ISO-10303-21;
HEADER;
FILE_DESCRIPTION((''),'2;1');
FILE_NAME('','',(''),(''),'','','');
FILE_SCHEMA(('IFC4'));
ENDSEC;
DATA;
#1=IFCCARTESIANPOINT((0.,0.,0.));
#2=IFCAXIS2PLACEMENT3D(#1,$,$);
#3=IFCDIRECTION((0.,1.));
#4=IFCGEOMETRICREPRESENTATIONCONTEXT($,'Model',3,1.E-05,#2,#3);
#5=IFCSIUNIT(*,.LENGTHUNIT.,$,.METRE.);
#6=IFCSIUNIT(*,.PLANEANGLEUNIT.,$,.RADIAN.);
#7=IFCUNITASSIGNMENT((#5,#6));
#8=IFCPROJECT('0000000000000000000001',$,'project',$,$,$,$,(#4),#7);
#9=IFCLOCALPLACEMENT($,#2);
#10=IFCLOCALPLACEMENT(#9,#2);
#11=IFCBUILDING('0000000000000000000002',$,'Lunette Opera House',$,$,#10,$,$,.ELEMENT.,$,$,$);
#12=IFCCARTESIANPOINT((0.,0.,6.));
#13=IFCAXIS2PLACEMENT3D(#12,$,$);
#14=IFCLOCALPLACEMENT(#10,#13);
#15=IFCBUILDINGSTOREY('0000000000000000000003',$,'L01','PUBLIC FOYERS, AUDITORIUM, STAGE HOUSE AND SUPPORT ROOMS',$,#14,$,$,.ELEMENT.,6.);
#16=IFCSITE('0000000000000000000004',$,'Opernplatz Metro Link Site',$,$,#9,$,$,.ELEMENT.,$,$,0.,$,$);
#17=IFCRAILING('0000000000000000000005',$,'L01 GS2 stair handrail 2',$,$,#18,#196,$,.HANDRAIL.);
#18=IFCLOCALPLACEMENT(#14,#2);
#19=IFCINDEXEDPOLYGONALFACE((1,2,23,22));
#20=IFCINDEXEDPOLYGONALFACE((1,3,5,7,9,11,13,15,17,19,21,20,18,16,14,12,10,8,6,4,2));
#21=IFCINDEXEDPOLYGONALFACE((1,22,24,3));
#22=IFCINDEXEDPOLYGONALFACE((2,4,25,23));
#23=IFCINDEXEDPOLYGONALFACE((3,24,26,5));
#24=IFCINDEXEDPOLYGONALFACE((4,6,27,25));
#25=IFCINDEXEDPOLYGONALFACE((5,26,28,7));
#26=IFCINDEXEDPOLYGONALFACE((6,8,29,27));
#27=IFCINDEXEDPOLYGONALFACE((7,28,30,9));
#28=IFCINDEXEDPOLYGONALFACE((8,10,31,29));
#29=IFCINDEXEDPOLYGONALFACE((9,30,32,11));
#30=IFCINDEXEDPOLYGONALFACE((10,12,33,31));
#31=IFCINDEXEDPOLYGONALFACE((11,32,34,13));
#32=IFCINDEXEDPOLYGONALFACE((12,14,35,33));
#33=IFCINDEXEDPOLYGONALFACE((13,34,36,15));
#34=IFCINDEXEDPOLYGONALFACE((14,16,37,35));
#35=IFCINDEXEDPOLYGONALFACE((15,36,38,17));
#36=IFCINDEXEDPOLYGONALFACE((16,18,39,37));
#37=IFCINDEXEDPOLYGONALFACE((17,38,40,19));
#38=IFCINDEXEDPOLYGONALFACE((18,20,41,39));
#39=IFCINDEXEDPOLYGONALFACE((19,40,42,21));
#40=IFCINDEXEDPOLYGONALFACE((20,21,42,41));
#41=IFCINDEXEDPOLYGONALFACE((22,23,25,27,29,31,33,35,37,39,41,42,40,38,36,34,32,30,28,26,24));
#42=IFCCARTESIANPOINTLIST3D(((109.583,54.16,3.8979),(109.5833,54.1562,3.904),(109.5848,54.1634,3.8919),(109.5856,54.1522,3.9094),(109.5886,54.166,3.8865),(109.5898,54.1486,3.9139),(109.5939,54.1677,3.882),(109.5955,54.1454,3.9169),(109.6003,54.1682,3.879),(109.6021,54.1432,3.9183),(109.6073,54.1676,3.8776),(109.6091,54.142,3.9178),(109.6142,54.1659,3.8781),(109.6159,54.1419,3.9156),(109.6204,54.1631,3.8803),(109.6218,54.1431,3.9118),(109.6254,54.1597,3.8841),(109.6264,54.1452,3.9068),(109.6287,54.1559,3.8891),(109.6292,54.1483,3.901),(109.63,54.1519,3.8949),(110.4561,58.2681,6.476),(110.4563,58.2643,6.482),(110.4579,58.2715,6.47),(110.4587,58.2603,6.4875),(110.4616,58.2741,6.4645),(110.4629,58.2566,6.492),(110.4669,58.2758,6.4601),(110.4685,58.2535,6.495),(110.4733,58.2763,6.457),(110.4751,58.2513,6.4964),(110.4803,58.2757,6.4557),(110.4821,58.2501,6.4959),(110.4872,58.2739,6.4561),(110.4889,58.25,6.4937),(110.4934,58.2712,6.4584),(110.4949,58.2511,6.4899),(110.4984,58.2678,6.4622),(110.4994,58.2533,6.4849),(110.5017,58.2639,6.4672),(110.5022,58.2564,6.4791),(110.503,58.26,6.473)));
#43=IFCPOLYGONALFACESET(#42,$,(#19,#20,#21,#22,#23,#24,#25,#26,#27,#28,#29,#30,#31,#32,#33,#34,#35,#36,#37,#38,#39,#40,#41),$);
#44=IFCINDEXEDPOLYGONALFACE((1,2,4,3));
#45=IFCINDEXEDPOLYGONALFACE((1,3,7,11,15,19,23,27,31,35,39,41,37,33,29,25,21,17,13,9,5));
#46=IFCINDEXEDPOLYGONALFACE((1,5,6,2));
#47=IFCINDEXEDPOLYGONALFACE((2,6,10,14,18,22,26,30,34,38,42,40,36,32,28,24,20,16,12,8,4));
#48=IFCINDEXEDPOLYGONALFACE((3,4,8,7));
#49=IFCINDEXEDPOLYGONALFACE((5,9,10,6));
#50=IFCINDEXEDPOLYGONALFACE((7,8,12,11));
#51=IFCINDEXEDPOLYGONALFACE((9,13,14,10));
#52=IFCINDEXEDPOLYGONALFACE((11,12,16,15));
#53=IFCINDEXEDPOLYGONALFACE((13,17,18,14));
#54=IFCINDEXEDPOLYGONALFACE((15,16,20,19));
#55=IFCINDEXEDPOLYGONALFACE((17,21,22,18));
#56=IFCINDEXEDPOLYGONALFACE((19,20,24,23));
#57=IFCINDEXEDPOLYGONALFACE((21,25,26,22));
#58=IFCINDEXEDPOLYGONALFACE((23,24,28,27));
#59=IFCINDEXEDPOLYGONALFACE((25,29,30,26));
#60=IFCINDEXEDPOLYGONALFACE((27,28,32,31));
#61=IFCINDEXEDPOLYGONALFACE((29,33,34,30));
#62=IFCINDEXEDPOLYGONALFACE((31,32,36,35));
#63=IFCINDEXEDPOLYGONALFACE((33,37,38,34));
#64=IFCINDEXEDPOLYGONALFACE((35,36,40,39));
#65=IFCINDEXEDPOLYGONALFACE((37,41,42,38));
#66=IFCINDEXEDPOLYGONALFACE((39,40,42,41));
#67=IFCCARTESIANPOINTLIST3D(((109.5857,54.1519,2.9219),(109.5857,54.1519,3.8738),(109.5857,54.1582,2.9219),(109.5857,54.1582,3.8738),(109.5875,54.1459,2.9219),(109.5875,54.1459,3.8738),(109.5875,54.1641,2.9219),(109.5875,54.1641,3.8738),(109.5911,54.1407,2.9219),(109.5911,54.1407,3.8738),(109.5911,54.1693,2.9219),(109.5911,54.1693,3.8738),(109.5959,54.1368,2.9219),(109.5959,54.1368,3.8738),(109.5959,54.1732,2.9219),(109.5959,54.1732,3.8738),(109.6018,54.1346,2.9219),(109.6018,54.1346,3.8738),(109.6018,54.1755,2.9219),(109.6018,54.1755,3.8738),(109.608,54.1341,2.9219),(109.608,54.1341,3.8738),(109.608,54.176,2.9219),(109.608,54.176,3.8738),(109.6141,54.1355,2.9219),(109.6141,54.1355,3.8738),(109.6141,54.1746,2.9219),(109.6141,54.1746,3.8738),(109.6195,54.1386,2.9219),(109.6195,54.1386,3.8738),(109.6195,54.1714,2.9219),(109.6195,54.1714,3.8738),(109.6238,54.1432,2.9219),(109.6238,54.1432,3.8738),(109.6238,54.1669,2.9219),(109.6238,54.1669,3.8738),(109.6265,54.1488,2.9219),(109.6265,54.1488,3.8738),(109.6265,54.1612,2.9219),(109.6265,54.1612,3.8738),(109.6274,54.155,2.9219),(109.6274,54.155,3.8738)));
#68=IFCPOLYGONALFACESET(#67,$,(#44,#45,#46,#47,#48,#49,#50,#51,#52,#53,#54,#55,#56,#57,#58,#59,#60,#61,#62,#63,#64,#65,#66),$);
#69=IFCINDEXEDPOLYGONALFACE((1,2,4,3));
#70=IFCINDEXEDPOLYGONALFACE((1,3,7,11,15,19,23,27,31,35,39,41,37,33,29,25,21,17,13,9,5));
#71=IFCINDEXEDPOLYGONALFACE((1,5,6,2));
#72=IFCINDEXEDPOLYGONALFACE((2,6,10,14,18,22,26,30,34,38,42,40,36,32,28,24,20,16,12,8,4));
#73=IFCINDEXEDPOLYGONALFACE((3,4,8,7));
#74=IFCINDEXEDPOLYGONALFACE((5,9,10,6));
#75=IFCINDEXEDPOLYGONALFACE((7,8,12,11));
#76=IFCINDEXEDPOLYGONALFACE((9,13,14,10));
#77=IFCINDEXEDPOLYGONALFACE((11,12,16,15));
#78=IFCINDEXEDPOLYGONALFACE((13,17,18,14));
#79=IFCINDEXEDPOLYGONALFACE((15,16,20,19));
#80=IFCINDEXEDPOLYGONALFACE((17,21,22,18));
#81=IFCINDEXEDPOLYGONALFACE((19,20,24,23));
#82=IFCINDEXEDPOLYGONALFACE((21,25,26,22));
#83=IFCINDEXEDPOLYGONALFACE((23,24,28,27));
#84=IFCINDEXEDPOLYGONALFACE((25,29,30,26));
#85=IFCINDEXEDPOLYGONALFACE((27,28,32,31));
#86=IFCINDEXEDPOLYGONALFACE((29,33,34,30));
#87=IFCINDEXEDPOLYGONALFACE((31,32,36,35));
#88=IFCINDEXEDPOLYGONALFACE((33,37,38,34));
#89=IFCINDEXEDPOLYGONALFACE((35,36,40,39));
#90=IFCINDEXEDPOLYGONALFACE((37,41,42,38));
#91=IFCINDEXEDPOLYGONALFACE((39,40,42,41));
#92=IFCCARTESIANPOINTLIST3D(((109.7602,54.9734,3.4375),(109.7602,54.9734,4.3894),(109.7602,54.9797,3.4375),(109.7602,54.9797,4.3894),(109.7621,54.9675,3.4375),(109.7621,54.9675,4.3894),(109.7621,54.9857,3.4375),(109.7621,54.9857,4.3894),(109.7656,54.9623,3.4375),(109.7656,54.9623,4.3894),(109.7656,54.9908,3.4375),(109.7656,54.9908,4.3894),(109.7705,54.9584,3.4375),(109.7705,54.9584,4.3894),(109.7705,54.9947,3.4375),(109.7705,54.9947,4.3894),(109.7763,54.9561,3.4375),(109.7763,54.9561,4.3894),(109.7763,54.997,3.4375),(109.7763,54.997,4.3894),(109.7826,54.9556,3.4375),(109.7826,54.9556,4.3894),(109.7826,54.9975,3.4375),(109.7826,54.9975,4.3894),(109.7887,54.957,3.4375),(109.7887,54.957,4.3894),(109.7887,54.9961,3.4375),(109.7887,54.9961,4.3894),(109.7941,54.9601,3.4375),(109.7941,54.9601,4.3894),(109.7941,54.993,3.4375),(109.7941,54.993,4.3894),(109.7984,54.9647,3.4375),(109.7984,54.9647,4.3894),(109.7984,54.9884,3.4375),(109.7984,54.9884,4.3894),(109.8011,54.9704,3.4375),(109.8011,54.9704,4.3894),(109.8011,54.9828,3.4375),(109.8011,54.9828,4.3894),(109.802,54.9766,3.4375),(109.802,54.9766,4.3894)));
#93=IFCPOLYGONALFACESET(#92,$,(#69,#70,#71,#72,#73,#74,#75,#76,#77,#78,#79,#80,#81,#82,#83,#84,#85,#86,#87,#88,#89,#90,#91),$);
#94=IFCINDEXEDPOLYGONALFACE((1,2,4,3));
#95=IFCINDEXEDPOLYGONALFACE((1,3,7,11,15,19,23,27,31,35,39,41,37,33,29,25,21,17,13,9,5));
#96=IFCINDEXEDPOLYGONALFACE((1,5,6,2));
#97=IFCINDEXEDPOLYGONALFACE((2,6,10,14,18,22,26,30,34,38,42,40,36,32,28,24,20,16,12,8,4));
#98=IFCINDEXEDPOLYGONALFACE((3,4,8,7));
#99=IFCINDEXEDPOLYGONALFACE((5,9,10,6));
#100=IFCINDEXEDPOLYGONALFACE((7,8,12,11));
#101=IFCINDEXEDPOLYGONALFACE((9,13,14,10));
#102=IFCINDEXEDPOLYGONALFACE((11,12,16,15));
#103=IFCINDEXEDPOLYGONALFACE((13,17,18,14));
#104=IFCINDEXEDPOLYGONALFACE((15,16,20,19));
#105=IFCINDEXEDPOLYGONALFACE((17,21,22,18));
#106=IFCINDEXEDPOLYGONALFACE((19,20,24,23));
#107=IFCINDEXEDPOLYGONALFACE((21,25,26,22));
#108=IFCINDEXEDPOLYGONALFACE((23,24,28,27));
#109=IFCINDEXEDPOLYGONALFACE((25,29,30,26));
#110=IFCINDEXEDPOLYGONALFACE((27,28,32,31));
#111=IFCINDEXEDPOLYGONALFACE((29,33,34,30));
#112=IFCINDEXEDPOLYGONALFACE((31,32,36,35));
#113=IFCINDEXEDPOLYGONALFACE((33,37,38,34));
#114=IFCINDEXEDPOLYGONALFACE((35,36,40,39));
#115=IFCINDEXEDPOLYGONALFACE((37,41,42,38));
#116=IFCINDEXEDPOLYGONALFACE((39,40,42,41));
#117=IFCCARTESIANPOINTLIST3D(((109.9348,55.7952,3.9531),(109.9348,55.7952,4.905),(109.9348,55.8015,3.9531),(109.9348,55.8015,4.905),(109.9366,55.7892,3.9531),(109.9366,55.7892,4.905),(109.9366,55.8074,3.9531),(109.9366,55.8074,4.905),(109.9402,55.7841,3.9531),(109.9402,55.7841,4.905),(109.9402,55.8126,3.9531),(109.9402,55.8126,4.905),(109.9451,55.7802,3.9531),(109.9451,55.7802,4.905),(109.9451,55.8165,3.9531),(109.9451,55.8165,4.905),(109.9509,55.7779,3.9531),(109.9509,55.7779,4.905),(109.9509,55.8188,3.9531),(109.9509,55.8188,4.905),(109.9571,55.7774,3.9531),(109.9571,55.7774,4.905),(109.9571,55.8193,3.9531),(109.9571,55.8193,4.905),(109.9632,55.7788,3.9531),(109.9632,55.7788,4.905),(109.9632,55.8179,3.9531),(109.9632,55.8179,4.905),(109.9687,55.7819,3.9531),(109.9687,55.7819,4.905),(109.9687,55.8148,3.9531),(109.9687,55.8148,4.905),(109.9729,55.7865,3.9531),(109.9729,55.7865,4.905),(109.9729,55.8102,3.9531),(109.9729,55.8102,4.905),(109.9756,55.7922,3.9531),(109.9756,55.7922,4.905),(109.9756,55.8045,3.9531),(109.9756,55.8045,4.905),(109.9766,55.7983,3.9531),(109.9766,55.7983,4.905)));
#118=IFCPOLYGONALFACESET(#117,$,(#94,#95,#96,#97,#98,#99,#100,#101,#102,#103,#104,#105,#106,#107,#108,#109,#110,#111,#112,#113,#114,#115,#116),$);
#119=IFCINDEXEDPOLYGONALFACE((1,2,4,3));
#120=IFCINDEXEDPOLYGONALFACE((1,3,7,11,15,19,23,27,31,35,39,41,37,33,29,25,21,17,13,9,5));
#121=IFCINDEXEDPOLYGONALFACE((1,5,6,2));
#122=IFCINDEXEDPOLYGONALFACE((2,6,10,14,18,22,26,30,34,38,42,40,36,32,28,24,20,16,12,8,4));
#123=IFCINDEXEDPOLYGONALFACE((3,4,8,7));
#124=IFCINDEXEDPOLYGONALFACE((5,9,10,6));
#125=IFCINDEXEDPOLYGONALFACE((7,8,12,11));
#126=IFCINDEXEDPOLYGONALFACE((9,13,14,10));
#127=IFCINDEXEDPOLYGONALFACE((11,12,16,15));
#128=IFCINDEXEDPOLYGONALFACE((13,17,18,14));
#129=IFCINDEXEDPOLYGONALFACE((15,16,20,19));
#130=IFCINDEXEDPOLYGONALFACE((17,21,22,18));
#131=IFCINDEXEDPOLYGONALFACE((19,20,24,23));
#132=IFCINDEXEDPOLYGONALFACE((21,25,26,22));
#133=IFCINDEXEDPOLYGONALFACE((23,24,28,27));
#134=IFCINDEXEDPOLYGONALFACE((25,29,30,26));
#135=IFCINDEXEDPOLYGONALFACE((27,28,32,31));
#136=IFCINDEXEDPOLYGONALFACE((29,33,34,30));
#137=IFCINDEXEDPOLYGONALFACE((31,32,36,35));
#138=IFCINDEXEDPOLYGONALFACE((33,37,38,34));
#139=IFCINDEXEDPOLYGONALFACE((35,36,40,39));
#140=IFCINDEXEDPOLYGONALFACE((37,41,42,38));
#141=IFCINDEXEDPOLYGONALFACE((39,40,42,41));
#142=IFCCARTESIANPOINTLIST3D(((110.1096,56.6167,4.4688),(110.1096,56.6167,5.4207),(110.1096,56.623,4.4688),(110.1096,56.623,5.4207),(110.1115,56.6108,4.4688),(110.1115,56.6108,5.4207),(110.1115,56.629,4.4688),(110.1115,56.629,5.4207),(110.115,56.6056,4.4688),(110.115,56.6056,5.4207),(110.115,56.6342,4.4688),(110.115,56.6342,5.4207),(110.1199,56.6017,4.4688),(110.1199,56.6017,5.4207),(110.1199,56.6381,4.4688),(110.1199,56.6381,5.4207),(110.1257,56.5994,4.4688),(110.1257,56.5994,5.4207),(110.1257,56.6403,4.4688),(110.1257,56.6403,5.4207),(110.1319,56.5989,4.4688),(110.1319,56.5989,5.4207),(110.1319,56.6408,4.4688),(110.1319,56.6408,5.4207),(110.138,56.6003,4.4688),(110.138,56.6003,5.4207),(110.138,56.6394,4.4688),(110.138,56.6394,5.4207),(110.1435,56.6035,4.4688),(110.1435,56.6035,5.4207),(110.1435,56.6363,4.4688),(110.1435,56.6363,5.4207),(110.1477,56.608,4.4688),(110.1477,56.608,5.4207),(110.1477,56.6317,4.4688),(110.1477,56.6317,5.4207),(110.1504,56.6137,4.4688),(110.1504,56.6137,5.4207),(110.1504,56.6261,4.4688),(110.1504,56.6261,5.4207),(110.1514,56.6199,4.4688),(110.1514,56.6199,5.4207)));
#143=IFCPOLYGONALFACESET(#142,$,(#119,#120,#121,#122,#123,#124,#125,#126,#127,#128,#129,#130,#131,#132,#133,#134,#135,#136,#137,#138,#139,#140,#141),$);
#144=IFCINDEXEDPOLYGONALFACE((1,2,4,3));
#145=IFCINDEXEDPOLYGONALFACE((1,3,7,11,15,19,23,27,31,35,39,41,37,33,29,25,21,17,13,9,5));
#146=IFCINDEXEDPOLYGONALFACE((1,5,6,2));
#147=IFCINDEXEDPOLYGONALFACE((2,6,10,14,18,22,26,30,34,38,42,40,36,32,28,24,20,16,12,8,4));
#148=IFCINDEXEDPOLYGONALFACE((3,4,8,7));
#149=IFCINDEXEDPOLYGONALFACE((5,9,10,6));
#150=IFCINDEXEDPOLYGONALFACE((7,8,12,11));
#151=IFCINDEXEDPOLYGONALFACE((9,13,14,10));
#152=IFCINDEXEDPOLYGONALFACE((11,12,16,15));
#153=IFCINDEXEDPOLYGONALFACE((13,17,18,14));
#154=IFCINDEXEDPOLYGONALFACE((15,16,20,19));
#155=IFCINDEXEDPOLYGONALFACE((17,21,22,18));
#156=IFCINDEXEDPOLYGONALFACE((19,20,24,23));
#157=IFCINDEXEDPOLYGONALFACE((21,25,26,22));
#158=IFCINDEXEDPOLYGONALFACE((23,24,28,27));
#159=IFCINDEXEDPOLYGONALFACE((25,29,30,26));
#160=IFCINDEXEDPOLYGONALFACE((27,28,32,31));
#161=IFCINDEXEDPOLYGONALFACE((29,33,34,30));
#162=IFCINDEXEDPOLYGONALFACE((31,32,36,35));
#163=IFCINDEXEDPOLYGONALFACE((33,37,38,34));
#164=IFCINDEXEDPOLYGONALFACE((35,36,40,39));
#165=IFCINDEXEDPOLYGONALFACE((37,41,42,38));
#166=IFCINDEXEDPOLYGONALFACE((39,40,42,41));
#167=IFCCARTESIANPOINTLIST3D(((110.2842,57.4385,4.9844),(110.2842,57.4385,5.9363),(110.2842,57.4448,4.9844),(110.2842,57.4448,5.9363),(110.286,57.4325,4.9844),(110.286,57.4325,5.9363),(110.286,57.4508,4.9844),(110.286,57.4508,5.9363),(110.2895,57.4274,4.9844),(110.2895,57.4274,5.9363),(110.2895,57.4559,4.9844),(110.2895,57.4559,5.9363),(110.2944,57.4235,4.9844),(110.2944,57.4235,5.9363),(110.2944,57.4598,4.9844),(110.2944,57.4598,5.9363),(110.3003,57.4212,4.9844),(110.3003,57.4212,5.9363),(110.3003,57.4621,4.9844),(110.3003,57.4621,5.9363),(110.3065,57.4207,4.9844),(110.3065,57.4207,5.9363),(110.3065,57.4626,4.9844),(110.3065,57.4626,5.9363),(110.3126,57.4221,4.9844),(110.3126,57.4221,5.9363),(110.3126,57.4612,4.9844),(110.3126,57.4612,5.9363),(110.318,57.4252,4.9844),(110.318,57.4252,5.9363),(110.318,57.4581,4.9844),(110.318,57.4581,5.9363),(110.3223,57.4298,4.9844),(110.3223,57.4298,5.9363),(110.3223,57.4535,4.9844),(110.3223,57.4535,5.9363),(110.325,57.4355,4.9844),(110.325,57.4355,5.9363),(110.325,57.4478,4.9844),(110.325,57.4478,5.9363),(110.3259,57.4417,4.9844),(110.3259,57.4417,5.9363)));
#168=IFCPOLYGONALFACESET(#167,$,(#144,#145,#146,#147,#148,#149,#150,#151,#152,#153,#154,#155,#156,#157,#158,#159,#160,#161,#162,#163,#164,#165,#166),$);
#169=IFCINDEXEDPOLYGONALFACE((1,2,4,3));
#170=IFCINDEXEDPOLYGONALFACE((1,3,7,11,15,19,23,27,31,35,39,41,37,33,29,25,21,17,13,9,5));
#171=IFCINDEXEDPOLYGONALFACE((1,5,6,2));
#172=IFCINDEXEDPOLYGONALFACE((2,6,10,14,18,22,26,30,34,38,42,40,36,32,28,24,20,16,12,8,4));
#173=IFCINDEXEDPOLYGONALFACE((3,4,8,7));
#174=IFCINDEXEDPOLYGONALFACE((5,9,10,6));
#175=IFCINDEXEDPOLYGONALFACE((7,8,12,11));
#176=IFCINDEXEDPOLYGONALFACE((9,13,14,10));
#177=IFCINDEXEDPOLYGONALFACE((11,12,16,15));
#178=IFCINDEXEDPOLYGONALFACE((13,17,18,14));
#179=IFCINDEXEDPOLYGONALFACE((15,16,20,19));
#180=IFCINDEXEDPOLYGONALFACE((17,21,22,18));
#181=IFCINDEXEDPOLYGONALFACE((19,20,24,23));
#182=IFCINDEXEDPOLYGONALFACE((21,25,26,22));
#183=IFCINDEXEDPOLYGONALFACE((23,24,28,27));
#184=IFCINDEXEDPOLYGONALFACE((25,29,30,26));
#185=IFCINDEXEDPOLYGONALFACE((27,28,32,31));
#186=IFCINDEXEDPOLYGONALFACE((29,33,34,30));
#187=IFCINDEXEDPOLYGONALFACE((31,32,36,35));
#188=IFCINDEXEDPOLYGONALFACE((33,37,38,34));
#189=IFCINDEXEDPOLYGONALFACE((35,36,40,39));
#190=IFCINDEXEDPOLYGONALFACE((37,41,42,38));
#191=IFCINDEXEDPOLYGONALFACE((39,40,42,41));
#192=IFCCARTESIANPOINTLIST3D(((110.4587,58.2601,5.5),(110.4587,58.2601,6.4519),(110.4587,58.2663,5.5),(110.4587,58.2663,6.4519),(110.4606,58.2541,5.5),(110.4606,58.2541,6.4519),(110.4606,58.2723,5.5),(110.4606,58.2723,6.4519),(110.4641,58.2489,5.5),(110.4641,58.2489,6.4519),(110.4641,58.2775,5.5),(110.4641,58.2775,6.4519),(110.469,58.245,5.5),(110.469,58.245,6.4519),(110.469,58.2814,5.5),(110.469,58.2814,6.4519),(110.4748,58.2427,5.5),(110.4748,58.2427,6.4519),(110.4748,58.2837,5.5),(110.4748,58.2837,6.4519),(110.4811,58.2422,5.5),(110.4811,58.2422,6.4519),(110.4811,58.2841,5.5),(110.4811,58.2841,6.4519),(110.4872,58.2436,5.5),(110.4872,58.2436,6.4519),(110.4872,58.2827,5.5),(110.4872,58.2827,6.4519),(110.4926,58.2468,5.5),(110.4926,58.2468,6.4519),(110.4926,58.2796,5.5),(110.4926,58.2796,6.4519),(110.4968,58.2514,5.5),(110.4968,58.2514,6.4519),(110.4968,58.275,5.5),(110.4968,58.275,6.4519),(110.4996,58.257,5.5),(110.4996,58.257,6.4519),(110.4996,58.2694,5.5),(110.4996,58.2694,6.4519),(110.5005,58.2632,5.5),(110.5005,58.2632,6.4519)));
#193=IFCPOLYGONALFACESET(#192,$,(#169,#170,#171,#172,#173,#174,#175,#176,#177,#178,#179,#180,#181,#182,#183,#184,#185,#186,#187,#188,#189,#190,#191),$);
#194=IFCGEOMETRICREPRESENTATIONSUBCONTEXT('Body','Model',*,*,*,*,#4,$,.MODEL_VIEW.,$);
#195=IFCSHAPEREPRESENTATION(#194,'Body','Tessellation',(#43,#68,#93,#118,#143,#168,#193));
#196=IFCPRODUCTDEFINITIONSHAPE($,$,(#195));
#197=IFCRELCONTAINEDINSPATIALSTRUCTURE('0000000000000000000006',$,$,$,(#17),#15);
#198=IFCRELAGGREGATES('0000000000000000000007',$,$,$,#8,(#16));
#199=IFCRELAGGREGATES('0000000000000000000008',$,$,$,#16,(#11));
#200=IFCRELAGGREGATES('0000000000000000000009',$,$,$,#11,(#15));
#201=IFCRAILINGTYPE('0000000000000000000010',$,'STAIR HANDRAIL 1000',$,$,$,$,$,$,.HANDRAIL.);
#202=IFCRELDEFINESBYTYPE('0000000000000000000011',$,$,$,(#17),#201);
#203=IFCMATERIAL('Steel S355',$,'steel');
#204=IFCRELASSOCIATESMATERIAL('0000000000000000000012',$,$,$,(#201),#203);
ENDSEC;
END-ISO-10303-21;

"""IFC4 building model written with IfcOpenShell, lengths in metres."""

from ifc_helpers import new_model, si_unit, direction, frame, origin, origin_2d, place, context, subcontext, project, spatial, circle, extrude, material, type_object, element, save


model = new_model("IFC4")

# Units and contexts
model_context = context("Model", 3, precision=1e-05, world=origin(), true_north=direction((0.0, 1.0)))
body_context = subcontext(model_context, "Body", "Model", "MODEL_VIEW")
ifc_project = project(units=[si_unit("LENGTHUNIT", "METRE"), si_unit("PLANEANGLEUNIT", "RADIAN")], contexts=[model_context])

# Site, building, storey
site_placement = place(None, origin())
site = spatial("IfcSite", under=ifc_project, at=site_placement, Name="Opernplatz Metro Link Site", CompositionType="ELEMENT", RefElevation=0.0)
building_placement = place(site_placement, origin())
building = spatial("IfcBuilding", under=site, at=building_placement, Name="Lunette Opera House", CompositionType="ELEMENT")
storey_placement = place(building_placement, frame((0.0, 0.0, 6.0)))
storey = spatial("IfcBuildingStorey", under=building, at=storey_placement, Name="L01", Description="PUBLIC FOYERS, AUDITORIUM, STAGE HOUSE AND SUPPORT ROOMS", CompositionType="ELEMENT", Elevation=6.0)

# Railing
ifc_material_1 = material(Name="Steel S355", Category="steel")
railing_type_1 = type_object("IfcRailingType", Name="STAIR HANDRAIL 1000", PredefinedType="HANDRAIL", material=ifc_material_1)
railing_1_placement = place(storey_placement, frame((109.6064, 54.155, 2.9219)))
element("IfcRailing", 1, at=railing_1_placement, inside=storey, type_object=railing_type_1, Name="L01 GS2 stair handrail 2", PredefinedType="HANDRAIL", context=body_context, shape_type="SweptSolid", body=[
    extrude(circle(Radius=0.0239, at=origin_2d()), frame((0.0, 0.0, 0.9761), z_axis=(0.177158, 0.833623, 0.523151), x_axis=(-0.978156, 0.207873, 0.0)), (0.0, 0.0, 1.0), 4.928),
    extrude(circle(Radius=0.021, at=origin_2d()), origin(), (0.0, 0.0, 1.0), 0.9519),
    extrude(circle(Radius=0.021, at=origin_2d()), frame((0.1746, 0.8215, 0.5156)), (0.0, 0.0, 1.0), 0.9519),
    extrude(circle(Radius=0.021, at=origin_2d()), frame((0.3491, 1.6433, 1.0312)), (0.0, 0.0, 1.0), 0.9519),
    extrude(circle(Radius=0.021, at=origin_2d()), frame((0.5239, 2.4648, 1.5469)), (0.0, 0.0, 1.0), 0.9519),
    extrude(circle(Radius=0.021, at=origin_2d()), frame((0.6985, 3.2866, 2.0625)), (0.0, 0.0, 1.0), 0.9519),
    extrude(circle(Radius=0.021, at=origin_2d()), frame((0.873, 4.1082, 2.5781)), (0.0, 0.0, 1.0), 0.9519),
])

save(model, "model.ifc")
